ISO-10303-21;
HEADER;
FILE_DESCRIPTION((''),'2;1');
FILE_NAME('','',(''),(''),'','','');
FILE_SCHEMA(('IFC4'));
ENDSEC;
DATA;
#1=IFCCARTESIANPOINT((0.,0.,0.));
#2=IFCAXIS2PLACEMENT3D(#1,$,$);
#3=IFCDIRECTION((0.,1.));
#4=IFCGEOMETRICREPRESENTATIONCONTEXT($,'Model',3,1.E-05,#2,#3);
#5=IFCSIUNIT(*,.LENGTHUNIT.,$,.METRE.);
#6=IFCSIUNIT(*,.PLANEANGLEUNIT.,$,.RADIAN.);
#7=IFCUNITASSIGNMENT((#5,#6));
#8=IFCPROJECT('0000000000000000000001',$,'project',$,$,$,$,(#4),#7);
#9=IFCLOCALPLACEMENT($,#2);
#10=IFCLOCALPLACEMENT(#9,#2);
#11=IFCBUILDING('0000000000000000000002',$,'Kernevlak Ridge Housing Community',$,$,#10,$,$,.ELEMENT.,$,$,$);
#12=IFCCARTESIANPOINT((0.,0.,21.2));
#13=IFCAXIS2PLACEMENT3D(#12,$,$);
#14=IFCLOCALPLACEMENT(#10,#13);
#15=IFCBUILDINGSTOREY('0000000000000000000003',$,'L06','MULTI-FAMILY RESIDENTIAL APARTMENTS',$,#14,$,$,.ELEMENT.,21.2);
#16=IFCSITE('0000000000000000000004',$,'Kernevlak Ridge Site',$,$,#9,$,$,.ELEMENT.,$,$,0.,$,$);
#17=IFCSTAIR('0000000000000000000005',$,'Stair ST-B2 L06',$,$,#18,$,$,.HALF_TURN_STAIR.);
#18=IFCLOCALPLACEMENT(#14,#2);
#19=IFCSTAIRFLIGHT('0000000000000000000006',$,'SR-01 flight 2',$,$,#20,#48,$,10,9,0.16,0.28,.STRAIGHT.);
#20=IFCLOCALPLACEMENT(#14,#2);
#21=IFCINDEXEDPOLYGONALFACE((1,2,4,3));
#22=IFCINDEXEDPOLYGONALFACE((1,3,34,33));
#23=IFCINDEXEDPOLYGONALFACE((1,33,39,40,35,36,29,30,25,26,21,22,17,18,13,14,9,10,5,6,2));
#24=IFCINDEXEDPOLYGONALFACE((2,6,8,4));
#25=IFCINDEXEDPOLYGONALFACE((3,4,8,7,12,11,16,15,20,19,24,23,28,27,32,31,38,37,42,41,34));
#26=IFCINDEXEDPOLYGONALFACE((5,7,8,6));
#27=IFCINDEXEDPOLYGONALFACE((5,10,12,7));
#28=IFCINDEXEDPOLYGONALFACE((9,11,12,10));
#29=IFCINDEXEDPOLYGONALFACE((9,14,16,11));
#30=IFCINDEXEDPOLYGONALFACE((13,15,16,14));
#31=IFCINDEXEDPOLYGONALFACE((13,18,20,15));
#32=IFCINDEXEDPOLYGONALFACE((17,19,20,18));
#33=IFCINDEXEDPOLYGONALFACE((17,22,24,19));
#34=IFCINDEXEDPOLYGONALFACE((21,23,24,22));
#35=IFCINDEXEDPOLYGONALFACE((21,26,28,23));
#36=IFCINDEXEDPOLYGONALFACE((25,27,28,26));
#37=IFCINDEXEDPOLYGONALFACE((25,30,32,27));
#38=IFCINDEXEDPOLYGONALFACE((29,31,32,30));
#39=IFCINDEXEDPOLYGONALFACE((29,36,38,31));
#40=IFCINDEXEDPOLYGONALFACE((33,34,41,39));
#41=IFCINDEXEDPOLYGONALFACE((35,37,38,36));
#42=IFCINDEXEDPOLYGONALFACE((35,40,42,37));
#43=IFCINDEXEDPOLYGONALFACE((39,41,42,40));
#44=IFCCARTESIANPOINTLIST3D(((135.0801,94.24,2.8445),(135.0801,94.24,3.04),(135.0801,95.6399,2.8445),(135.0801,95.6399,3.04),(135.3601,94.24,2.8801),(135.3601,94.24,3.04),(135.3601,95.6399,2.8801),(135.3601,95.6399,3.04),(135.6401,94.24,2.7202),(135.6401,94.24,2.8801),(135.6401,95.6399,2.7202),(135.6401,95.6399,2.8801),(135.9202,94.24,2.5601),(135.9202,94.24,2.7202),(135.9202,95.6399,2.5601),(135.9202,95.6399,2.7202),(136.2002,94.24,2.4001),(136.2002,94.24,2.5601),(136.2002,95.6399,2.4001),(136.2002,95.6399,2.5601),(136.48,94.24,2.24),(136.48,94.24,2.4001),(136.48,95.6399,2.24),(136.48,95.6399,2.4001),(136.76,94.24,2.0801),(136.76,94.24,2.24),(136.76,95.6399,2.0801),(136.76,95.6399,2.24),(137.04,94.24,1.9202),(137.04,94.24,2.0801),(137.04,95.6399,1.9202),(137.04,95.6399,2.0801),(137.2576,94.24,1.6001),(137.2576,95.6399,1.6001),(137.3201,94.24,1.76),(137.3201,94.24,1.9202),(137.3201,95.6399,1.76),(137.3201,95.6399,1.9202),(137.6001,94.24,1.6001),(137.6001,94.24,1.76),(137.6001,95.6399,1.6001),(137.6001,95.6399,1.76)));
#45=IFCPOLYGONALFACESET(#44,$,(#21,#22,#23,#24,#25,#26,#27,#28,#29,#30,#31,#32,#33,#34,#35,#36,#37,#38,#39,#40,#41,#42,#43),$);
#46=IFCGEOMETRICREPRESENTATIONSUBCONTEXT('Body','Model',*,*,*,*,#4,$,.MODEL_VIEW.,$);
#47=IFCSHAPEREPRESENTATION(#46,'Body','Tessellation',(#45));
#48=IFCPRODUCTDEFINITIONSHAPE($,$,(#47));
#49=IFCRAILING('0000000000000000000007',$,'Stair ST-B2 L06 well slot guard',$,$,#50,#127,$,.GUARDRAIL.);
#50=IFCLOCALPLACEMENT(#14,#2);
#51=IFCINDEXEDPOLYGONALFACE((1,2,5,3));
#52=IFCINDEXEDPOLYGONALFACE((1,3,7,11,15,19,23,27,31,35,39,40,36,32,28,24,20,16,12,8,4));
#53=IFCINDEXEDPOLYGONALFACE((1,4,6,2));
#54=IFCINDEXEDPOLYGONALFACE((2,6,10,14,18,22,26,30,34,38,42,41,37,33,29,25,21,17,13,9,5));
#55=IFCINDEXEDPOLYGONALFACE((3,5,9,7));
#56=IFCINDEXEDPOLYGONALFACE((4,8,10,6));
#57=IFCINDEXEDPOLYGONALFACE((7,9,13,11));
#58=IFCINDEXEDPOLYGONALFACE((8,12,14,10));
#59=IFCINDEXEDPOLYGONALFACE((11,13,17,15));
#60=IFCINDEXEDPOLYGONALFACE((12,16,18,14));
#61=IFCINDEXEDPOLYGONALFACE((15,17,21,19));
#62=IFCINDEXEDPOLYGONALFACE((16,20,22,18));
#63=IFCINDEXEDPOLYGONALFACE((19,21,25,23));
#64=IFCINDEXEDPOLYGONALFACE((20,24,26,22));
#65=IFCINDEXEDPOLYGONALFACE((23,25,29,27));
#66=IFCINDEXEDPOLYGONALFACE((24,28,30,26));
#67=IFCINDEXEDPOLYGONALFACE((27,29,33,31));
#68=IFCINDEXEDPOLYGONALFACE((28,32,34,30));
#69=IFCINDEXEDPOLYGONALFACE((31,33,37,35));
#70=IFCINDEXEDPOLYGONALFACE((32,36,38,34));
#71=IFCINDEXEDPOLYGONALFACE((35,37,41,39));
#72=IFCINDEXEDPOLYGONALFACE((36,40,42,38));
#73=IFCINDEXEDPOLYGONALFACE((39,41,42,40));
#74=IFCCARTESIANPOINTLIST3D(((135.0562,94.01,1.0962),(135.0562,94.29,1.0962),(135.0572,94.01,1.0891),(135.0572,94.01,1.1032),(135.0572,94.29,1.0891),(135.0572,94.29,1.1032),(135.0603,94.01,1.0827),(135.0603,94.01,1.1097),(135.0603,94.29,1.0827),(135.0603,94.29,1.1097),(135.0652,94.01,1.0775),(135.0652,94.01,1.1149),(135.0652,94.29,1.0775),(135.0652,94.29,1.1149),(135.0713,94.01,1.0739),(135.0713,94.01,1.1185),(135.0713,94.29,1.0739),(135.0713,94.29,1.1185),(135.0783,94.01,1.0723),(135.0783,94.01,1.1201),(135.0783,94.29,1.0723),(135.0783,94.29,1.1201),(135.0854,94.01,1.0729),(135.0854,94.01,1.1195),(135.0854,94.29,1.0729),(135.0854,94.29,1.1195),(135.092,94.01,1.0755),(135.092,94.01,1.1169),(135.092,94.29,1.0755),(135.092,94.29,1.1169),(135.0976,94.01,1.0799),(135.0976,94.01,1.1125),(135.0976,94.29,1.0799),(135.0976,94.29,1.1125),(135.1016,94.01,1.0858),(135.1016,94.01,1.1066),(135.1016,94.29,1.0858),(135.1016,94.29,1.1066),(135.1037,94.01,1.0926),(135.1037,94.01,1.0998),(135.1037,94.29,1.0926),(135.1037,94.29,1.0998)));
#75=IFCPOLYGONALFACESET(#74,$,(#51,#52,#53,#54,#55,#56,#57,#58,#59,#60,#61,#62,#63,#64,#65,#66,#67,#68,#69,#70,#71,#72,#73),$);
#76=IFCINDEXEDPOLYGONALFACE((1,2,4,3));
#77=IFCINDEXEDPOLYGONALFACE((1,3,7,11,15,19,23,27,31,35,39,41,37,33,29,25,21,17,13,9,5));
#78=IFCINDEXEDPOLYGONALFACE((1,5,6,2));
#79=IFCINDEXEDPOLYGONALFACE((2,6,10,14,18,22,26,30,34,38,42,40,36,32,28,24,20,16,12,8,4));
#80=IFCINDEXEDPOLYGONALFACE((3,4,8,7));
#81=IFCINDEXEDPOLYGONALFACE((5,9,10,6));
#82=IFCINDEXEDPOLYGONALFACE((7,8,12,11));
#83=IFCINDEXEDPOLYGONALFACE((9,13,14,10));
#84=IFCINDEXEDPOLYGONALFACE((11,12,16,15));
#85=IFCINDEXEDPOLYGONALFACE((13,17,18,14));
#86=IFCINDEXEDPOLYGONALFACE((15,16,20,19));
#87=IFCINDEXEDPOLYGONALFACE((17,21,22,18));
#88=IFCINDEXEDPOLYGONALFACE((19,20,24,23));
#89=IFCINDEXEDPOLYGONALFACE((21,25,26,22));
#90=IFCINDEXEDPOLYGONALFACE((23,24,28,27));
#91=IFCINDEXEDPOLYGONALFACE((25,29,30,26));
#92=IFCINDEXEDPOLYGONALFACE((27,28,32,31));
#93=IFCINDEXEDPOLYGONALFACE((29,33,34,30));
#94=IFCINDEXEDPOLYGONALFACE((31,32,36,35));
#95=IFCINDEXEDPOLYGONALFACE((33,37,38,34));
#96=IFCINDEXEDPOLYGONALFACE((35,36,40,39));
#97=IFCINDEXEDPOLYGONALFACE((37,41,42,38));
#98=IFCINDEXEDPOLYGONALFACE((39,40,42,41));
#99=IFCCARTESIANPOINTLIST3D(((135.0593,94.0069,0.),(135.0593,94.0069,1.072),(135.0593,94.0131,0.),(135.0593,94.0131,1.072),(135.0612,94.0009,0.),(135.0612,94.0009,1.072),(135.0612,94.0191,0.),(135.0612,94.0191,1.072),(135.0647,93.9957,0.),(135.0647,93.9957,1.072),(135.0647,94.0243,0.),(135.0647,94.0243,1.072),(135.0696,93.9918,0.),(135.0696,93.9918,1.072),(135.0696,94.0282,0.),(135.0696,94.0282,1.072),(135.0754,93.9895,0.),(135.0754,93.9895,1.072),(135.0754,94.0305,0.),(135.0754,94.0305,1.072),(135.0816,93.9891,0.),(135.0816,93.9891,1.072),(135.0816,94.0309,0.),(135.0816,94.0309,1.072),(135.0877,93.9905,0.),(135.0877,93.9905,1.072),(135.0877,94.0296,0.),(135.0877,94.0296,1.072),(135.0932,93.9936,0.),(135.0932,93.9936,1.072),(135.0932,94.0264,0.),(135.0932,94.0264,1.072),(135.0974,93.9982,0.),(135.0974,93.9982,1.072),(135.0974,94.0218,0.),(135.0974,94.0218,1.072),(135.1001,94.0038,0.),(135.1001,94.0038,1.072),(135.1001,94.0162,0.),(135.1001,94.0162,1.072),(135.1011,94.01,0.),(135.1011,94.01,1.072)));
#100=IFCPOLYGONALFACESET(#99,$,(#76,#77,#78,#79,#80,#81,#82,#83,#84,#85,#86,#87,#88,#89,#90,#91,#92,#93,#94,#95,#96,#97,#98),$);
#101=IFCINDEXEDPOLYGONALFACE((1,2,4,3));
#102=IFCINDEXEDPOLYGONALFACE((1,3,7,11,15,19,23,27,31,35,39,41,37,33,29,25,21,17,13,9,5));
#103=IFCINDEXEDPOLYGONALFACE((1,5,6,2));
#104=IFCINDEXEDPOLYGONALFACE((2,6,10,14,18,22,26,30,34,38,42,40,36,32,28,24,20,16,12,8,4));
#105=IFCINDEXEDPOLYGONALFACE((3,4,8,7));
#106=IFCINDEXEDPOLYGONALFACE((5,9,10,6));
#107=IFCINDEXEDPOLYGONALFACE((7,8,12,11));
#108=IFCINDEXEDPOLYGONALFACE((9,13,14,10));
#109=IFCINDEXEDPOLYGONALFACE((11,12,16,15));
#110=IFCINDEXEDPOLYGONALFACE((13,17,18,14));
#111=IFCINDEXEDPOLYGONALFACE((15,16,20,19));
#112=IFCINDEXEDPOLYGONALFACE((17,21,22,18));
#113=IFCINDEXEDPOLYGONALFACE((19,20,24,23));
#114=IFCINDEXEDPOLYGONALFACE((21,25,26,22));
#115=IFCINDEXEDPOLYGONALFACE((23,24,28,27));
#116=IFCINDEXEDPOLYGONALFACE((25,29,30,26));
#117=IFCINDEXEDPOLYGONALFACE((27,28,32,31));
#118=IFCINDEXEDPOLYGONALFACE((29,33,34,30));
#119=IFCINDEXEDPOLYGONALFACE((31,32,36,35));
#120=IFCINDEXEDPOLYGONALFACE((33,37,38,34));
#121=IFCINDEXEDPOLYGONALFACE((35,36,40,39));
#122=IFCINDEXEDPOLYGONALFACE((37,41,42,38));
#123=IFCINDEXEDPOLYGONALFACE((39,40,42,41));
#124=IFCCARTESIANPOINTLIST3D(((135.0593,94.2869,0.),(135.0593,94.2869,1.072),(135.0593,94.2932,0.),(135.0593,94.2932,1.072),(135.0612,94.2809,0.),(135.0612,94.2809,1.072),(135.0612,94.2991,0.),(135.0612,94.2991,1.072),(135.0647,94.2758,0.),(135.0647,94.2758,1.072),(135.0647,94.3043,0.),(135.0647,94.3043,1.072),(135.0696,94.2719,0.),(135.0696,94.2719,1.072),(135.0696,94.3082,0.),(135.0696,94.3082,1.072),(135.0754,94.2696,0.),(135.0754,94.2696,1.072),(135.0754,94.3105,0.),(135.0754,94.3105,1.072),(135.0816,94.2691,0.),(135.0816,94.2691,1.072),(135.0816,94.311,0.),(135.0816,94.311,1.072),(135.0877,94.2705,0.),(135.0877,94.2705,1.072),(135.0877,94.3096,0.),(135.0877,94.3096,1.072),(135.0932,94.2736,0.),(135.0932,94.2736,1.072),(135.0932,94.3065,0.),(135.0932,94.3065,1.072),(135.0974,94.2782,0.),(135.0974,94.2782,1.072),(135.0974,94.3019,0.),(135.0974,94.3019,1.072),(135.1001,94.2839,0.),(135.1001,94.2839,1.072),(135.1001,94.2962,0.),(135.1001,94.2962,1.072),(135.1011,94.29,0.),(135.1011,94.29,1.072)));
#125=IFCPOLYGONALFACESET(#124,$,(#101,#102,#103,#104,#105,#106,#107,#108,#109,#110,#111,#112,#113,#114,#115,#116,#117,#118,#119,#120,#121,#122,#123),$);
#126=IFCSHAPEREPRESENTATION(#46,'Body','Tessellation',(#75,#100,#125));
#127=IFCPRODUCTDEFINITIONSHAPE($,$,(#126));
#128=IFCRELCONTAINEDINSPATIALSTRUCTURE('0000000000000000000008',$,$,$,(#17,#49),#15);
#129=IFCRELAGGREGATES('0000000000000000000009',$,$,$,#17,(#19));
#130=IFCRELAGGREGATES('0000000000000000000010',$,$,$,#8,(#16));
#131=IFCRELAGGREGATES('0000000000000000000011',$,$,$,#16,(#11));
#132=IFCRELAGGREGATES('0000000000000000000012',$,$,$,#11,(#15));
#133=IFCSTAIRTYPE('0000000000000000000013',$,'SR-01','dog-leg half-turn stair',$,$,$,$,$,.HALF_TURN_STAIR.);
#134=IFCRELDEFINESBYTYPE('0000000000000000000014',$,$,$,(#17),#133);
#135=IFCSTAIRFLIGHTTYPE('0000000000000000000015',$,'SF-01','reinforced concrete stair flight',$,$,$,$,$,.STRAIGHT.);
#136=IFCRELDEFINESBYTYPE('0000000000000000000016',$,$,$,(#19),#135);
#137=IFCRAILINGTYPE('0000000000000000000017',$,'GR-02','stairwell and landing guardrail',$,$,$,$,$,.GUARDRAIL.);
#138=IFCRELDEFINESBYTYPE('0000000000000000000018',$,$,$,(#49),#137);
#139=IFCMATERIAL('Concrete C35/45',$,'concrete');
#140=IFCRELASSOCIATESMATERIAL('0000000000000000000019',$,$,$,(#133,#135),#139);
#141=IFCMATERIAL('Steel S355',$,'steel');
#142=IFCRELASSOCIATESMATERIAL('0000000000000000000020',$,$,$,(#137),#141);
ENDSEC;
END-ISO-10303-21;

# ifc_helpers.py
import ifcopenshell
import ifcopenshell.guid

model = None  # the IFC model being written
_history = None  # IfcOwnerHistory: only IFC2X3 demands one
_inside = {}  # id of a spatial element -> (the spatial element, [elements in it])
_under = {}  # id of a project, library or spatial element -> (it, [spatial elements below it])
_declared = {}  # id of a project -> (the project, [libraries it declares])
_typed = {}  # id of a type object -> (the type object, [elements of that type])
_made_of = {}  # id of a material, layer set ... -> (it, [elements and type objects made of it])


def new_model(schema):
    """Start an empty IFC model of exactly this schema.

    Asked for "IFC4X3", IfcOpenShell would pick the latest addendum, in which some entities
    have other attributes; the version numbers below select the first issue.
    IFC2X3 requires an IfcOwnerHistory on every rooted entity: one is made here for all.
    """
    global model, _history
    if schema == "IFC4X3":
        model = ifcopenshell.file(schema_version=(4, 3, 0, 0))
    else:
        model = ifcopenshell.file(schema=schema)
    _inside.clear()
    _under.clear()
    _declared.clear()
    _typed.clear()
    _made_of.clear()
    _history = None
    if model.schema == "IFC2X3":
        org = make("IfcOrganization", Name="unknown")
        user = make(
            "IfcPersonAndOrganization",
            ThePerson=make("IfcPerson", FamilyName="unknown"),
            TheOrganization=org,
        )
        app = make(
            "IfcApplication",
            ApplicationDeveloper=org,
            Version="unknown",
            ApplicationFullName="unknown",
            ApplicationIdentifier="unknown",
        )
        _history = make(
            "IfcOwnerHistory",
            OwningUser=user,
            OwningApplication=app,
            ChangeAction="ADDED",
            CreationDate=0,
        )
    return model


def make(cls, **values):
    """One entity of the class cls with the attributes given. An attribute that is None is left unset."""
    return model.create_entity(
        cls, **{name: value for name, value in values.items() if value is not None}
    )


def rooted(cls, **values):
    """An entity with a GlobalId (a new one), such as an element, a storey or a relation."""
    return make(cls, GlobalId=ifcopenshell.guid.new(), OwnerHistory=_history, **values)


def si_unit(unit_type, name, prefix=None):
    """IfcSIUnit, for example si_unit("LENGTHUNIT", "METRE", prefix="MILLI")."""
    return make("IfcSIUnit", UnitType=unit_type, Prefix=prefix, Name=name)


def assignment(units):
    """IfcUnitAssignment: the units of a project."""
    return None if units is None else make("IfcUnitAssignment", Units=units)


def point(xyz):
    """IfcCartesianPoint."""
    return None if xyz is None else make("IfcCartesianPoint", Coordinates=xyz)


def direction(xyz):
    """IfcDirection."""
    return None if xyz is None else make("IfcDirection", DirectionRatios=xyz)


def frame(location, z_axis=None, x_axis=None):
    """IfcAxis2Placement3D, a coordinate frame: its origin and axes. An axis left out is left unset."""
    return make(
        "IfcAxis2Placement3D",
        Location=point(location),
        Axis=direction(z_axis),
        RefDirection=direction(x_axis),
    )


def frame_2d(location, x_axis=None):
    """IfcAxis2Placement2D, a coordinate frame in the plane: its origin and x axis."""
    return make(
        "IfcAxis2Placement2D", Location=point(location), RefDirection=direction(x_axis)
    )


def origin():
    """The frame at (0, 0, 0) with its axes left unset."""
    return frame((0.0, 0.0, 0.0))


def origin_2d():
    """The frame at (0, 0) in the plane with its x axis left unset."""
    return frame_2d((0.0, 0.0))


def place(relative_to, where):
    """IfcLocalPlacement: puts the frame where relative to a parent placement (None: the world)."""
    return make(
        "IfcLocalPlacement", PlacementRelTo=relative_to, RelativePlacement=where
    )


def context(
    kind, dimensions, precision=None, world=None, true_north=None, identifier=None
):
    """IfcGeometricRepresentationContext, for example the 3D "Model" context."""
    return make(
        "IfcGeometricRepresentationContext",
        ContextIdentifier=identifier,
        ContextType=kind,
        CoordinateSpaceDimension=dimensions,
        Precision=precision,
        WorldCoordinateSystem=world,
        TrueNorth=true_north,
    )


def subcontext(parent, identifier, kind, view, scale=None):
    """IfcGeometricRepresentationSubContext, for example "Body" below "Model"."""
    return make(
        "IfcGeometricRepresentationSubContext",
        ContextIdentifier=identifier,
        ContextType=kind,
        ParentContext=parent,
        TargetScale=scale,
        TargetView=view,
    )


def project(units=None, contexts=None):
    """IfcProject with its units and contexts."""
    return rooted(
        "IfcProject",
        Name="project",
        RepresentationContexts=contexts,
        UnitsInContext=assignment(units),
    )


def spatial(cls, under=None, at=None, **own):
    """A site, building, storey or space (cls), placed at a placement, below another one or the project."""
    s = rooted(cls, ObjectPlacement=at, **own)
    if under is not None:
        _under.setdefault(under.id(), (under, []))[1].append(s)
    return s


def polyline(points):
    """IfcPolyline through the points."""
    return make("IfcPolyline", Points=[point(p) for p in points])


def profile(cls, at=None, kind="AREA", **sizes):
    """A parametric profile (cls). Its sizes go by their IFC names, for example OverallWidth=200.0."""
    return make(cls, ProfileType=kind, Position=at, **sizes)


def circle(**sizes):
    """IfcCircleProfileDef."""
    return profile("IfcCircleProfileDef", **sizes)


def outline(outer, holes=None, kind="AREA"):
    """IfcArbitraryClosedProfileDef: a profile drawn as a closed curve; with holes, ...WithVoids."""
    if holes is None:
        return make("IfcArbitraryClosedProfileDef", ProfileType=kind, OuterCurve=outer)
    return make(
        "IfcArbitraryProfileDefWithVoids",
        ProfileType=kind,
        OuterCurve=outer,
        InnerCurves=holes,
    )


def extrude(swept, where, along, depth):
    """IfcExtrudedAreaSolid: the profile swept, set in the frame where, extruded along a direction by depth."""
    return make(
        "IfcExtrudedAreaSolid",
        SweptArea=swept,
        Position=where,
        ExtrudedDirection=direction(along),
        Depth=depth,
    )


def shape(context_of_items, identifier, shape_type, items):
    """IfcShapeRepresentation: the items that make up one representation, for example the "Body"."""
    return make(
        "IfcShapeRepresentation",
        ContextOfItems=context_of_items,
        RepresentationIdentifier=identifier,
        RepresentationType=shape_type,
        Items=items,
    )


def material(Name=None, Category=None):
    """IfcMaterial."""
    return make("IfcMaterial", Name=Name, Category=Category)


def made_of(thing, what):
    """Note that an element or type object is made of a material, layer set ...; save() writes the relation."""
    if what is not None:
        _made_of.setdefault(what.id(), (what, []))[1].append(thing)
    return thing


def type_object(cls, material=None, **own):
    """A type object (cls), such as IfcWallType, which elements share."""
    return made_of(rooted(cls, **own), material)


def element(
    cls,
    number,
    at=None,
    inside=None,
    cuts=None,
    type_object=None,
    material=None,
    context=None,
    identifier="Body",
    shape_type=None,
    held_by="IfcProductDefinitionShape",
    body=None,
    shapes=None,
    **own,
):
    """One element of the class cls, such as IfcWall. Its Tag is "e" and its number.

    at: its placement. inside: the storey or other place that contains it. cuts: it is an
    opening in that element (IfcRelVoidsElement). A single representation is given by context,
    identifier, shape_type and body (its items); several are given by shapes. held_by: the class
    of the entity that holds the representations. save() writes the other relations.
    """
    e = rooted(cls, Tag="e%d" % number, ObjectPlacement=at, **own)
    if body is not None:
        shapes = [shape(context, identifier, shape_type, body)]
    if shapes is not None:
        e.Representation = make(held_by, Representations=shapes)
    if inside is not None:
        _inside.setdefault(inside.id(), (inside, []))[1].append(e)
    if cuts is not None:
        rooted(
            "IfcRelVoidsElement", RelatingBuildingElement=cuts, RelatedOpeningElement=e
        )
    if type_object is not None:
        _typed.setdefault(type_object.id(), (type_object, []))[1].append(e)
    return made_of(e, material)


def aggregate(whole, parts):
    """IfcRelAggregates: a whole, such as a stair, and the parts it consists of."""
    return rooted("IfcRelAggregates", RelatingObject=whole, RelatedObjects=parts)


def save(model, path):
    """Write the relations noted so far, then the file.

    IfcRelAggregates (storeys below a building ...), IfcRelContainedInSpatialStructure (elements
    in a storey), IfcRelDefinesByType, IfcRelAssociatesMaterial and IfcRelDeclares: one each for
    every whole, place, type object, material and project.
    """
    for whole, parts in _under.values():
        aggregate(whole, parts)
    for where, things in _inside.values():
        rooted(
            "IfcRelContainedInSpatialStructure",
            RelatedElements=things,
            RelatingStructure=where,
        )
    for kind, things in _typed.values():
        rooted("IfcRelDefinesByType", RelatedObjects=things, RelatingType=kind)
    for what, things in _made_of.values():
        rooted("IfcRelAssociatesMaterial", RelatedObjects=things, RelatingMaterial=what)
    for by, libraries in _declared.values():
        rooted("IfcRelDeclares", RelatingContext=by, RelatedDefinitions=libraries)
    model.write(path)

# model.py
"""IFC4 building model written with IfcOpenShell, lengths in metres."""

from ifc_helpers import new_model, si_unit, direction, frame, origin, origin_2d, place, context, subcontext, project, spatial, polyline, circle, outline, extrude, material, type_object, element, aggregate, save


model = new_model("IFC4")

# Units and contexts
model_context = context("Model", 3, precision=1e-05, world=origin(), true_north=direction((0.0, 1.0)))
body_context = subcontext(model_context, "Body", "Model", "MODEL_VIEW")
ifc_project = project(units=[si_unit("LENGTHUNIT", "METRE"), si_unit("PLANEANGLEUNIT", "RADIAN")], contexts=[model_context])

# Site, building, storey
site_placement = place(None, origin())
site = spatial("IfcSite", under=ifc_project, at=site_placement, Name="Kernevlak Ridge Site", CompositionType="ELEMENT", RefElevation=0.0)
building_placement = place(site_placement, origin())
building = spatial("IfcBuilding", under=site, at=building_placement, Name="Kernevlak Ridge Housing Community", CompositionType="ELEMENT")
storey_placement = place(building_placement, frame((0.0, 0.0, 21.2)))
storey = spatial("IfcBuildingStorey", under=building, at=storey_placement, Name="L06", Description="MULTI-FAMILY RESIDENTIAL APARTMENTS", CompositionType="ELEMENT", Elevation=21.2)

# Shared definitions
ifc_material_1 = material(Name="Concrete C35/45", Category="concrete")

# Stair, stair flight
stair_type = type_object("IfcStairType", Name="SR-01", Description="dog-leg half-turn stair", PredefinedType="HALF_TURN_STAIR", material=ifc_material_1)
stair_placement = place(storey_placement, origin())
stair = element("IfcStair", 1, at=stair_placement, inside=storey, type_object=stair_type, Name="Stair ST-B2 L06", PredefinedType="HALF_TURN_STAIR")
stair_flight_type = type_object("IfcStairFlightType", Name="SF-01", Description="reinforced concrete stair flight", PredefinedType="STRAIGHT", material=ifc_material_1)
stair_flight_1_placement = place(storey_placement, frame((137.6001, 94.9399, 1.6001), z_axis=(0.0, 0.0, 1.0), x_axis=(-1.0, 0.0, 0.0)))
stair_flight_1 = element("IfcStairFlight", 2, at=stair_flight_1_placement, type_object=stair_flight_type, Name="SR-01 flight 2", NumberOfRisers=10, NumberOfTreads=9, PredefinedType="STRAIGHT", RiserHeight=0.16, TreadLength=0.28, context=body_context, shape_type="SweptSolid", body=[
    extrude(outline(polyline([(0.0, 0.0), (0.0, 0.1599), (0.28, 0.1599), (0.28, 0.3201), (0.5601, 0.3201), (0.5601, 0.48), (0.8401, 0.48), (0.8401, 0.6399), (1.1201, 0.6399), (1.1201, 0.8), (1.3999, 0.8), (1.3999, 0.96), (1.6799, 0.96), (1.6799, 1.1201), (1.96, 1.1201), (1.96, 1.28), (2.24, 1.28), (2.24, 1.4399), (2.52, 1.4399), (2.52, 1.6001), (2.52, 1.2444), (0.3425, 0.0), (0.0, 0.0)])), frame((0.0, 0.7, 0.0), z_axis=(0.0, -1.0, 0.0), x_axis=(1.0, 0.0, 0.0)), (0.0, 0.0, 1.0), 1.3999),
])
aggregate(stair, [stair_flight_1])

# Railing
ifc_material_2 = material(Name="Steel S355", Category="steel")
railing_type_1 = type_object("IfcRailingType", Name="GR-02", Description="stairwell and landing guardrail", PredefinedType="GUARDRAIL", material=ifc_material_2)
railing_1_placement = place(storey_placement, frame((135.0801, 94.01, 0.0)))
element("IfcRailing", 3, at=railing_1_placement, inside=storey, type_object=railing_type_1, Name="Stair ST-B2 L06 well slot guard", PredefinedType="GUARDRAIL", context=body_context, shape_type="SweptSolid", body=[
    extrude(circle(Radius=0.0239, at=origin_2d()), frame((0.0, 0.0, 1.0962), z_axis=(0.0, 1.0, 0.0), x_axis=(-1.0, 0.0, 0.0)), (0.0, 0.0, 1.0), 0.28),
    extrude(circle(Radius=0.021, at=origin_2d()), origin(), (0.0, 0.0, 1.0), 1.072),
    extrude(circle(Radius=0.021, at=origin_2d()), frame((0.0, 0.28, 0.0)), (0.0, 0.0, 1.0), 1.072),
])

save(model, "model.ifc")
